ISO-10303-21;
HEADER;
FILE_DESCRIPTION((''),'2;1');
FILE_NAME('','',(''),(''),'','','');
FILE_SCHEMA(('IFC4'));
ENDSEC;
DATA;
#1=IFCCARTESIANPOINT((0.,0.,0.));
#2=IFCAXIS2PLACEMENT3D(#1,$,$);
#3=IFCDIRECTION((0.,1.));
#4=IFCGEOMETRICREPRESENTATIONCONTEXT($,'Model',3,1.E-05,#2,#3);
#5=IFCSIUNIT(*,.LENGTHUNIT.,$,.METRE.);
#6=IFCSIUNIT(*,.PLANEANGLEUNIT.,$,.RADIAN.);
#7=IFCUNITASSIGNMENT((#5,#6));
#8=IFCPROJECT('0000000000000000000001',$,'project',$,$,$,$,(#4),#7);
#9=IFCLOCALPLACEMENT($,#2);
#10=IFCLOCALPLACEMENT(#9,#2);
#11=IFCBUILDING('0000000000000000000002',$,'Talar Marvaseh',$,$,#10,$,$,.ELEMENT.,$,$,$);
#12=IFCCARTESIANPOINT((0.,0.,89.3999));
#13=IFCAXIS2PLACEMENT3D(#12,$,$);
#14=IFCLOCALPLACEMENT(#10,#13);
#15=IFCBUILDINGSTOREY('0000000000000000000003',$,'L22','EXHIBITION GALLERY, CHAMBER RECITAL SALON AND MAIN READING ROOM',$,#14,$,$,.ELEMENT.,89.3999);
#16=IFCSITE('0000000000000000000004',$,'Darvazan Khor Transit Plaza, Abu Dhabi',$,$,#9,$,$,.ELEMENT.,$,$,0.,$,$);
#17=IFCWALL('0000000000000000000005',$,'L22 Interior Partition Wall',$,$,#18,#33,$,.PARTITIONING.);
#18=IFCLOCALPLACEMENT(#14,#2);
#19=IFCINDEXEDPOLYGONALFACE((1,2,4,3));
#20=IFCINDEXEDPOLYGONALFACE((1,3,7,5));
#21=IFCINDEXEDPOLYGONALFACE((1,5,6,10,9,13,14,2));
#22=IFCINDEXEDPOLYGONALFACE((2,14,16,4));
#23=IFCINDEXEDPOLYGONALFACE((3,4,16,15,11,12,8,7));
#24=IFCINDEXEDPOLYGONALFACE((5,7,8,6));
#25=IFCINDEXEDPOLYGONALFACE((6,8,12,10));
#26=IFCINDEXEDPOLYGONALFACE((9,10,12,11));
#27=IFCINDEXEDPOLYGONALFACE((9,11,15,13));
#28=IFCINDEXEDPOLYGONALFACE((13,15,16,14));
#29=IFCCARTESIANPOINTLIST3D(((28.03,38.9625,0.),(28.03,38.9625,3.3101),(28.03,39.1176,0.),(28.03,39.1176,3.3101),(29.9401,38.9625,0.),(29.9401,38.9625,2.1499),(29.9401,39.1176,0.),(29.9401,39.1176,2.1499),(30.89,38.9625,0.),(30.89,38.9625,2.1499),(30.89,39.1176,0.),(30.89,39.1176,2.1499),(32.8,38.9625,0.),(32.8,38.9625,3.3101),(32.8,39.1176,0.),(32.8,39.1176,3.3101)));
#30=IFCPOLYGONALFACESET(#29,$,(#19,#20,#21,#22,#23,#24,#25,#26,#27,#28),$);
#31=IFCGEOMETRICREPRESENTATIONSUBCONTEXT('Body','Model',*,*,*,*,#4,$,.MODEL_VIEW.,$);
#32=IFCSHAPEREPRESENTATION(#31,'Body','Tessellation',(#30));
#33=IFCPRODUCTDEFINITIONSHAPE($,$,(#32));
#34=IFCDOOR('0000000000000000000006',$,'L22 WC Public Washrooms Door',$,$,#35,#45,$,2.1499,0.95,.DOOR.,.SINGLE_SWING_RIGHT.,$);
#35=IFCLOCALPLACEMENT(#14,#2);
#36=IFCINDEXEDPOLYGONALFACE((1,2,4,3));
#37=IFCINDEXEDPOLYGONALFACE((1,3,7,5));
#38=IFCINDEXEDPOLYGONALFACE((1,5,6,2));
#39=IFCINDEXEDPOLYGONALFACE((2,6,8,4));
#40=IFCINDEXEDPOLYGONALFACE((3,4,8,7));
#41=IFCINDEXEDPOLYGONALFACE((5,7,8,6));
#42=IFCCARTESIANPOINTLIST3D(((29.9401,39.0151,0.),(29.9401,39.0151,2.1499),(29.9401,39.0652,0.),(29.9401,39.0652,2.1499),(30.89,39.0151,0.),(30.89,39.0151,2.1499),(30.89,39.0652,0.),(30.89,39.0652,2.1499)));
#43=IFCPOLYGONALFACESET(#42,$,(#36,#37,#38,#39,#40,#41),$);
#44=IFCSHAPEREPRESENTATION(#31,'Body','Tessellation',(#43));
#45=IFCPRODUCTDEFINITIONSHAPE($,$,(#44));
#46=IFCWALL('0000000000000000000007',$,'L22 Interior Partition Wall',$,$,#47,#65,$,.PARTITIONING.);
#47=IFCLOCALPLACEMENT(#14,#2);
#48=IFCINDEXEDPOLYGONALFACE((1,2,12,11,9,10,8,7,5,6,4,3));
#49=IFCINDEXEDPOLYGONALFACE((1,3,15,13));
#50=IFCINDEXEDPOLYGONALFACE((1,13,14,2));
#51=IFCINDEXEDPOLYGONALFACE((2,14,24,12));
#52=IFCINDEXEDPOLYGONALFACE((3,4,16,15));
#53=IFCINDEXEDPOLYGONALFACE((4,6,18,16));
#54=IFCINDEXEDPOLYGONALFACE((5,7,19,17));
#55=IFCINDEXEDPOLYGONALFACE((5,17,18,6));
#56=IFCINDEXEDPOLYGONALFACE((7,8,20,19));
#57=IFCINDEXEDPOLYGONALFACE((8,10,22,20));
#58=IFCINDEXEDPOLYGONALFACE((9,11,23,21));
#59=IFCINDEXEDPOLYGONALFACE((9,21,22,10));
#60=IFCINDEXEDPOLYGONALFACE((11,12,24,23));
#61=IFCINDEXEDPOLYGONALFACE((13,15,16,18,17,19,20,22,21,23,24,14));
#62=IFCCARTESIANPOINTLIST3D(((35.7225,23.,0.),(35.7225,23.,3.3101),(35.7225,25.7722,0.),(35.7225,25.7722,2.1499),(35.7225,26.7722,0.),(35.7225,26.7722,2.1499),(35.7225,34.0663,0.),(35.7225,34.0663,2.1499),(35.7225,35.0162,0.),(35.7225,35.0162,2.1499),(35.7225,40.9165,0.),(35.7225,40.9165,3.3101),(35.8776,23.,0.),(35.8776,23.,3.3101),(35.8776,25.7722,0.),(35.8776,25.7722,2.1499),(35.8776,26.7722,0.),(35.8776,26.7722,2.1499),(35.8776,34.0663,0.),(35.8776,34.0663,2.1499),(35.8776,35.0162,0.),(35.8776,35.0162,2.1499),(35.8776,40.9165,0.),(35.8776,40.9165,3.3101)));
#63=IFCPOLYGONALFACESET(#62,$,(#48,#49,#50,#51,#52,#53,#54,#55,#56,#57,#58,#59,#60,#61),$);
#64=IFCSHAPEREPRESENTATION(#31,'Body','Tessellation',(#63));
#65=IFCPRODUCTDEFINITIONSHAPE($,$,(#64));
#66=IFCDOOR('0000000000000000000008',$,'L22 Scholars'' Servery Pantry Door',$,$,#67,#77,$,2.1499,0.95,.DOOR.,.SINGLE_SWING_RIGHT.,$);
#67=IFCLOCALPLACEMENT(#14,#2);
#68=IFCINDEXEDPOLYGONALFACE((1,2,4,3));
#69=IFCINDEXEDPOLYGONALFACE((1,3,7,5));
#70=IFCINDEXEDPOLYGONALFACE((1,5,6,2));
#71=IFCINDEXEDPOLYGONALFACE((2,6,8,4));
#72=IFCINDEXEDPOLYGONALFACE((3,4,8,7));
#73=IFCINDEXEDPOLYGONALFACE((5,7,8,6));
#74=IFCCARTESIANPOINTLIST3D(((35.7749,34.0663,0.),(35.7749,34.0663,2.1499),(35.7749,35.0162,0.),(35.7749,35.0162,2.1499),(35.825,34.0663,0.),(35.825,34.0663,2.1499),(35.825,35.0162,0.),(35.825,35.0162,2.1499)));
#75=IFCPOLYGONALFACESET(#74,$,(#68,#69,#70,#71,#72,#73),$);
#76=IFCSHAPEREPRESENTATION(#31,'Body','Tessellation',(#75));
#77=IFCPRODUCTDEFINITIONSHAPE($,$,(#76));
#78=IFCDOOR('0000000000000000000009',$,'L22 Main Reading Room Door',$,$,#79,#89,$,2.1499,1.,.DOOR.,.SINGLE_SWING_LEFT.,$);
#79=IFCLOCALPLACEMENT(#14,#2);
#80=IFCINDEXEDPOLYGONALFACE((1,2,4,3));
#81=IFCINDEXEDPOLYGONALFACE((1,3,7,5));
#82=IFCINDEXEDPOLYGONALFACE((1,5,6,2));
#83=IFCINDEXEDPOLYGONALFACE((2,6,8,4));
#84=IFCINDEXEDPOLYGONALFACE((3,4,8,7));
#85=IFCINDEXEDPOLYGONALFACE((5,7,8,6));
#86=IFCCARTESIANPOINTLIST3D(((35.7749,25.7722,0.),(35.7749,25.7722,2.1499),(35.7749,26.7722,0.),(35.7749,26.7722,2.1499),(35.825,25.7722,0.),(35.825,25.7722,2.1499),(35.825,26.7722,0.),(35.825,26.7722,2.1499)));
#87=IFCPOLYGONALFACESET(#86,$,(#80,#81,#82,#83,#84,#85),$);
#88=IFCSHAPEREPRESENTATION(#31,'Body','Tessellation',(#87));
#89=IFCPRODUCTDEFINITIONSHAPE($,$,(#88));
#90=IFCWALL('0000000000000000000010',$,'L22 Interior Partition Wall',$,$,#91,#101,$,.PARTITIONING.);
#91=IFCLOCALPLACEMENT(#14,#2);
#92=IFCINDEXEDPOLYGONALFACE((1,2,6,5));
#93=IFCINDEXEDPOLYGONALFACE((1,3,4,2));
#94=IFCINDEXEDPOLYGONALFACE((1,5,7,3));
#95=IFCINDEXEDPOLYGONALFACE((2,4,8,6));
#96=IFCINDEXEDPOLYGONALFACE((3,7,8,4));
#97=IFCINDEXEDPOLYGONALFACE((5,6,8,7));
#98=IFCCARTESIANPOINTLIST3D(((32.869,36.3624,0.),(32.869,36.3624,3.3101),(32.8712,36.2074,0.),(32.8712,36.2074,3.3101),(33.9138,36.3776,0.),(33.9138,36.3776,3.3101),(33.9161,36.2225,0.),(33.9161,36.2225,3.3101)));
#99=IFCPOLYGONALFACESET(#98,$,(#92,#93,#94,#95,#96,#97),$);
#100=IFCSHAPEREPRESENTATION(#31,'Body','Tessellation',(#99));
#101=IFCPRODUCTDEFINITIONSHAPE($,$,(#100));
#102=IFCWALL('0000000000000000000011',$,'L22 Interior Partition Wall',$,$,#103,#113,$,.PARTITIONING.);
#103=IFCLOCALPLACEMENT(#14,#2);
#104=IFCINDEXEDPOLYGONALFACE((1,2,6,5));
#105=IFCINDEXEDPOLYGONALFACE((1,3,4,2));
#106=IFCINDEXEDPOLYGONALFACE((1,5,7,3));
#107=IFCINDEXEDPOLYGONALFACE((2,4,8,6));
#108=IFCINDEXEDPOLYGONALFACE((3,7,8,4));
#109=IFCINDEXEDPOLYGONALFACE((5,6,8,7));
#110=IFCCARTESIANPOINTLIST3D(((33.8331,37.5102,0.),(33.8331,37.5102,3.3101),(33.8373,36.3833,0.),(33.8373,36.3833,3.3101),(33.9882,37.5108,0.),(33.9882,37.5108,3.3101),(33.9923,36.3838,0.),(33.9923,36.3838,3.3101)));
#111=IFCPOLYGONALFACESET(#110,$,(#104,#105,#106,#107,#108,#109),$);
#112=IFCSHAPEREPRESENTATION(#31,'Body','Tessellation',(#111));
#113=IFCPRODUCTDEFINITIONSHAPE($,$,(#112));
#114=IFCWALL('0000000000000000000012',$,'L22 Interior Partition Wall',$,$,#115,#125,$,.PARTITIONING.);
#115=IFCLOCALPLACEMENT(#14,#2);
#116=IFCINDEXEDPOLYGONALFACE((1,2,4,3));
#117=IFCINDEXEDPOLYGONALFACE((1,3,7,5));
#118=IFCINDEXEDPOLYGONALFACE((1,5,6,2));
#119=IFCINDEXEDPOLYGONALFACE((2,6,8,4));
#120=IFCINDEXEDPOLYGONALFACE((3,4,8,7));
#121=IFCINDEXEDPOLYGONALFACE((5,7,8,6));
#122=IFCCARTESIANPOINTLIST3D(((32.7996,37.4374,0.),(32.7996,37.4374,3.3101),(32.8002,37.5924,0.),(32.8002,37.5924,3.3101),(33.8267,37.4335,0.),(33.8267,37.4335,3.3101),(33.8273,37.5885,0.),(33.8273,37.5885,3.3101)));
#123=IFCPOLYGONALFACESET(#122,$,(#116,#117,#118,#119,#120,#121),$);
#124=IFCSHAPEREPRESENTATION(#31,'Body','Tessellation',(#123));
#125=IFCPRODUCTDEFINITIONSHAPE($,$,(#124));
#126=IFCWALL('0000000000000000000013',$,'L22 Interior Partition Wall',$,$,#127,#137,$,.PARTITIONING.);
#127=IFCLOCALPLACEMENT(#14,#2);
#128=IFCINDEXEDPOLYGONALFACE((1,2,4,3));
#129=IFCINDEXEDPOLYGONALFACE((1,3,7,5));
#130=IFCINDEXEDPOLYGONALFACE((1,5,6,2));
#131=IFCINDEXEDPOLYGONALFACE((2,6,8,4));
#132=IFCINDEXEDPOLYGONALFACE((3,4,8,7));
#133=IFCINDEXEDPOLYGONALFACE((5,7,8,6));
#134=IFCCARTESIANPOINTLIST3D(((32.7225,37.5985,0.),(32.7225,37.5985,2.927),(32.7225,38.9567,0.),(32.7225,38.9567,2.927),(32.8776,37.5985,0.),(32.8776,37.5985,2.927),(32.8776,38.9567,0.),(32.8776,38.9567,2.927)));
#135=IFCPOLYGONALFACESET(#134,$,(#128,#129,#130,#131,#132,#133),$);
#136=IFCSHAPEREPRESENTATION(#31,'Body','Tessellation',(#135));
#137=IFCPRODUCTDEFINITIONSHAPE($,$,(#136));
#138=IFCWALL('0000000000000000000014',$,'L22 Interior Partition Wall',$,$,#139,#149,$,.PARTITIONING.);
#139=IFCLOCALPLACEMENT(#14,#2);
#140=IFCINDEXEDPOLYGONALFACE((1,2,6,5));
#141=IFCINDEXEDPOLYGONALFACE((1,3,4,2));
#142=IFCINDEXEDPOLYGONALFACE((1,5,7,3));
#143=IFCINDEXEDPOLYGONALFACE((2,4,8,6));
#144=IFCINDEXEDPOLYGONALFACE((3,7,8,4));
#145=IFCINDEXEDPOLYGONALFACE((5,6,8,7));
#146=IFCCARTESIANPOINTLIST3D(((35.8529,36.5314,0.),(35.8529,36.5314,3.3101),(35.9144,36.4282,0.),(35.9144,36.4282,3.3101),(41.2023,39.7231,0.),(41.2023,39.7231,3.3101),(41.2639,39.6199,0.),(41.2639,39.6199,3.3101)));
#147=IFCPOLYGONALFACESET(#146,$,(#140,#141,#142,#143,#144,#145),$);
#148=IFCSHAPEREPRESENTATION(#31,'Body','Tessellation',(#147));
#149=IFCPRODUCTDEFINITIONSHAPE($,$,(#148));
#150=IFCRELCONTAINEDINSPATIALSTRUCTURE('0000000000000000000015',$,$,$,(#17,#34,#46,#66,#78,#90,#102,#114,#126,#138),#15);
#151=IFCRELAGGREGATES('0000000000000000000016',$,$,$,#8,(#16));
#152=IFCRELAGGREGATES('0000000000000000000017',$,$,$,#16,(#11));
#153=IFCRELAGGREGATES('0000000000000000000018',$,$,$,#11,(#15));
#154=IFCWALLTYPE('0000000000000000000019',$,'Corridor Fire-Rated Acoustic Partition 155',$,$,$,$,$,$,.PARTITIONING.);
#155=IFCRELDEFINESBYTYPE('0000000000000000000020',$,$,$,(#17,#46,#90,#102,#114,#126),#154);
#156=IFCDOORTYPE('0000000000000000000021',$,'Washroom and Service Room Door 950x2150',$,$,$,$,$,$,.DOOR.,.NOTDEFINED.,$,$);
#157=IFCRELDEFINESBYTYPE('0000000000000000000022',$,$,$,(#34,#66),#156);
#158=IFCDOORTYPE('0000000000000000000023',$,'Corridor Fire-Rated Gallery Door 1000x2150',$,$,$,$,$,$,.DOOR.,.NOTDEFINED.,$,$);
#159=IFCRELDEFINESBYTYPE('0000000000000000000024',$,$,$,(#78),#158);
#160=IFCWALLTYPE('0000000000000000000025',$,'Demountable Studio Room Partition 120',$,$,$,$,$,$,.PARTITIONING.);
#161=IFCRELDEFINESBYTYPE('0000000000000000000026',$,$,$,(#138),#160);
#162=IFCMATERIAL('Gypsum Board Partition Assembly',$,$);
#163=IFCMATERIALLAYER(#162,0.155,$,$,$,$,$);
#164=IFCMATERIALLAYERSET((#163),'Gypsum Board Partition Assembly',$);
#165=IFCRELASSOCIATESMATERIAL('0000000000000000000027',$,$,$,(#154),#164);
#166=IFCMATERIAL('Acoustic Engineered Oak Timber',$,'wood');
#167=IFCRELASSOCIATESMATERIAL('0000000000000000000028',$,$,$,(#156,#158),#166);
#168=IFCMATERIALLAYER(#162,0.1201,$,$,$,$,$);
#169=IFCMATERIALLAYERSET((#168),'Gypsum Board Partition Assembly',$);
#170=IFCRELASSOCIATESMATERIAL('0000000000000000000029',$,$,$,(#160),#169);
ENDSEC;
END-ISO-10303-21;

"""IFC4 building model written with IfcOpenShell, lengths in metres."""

from ifc_helpers import new_model, si_unit, direction, frame, frame_2d, origin, place, context, subcontext, project, spatial, rectangle, extrude, source, transform, mapped, material, layer, layer_set, type_object, type_shapes, element, fill, save


model = new_model("IFC4")

# Units and contexts
model_context = context("Model", 3, precision=1e-05, world=origin(), true_north=direction((0.0, 1.0)))
body_context = subcontext(model_context, "Body", "Model", "MODEL_VIEW")
ifc_project = project(units=[si_unit("LENGTHUNIT", "METRE"), si_unit("PLANEANGLEUNIT", "RADIAN")], contexts=[model_context])

# Site, building, storey
site_placement = place(None, origin())
site = spatial("IfcSite", under=ifc_project, at=site_placement, Name="Darvazan Khor Transit Plaza, Abu Dhabi", CompositionType="ELEMENT", RefElevation=0.0)
building_placement = place(site_placement, origin())
building = spatial("IfcBuilding", under=site, at=building_placement, Name="Talar Marvaseh", CompositionType="ELEMENT")
storey_placement = place(building_placement, frame((0.0, 0.0, 89.3999)))
storey = spatial("IfcBuildingStorey", under=building, at=storey_placement, Name="L22", Description="EXHIBITION GALLERY, CHAMBER RECITAL SALON AND MAIN READING ROOM", CompositionType="ELEMENT", Elevation=89.3999)

# Wall, opening, door
ifc_material_1 = material(Name="Gypsum Board Partition Assembly")
ifc_layer_1 = layer(ifc_material_1, 0.155)
ifc_layer_set_1 = layer_set([ifc_layer_1], Name="Gypsum Board Partition Assembly")
wall_type_1 = type_object("IfcWallType", Name="Corridor Fire-Rated Acoustic Partition 155", PredefinedType="PARTITIONING", material=ifc_layer_set_1)
wall_1_placement = place(storey_placement, frame((32.8, 39.04, 0.0), z_axis=(0.0, 0.0, 1.0), x_axis=(-1.0, 0.0, 0.0)))
wall_1 = element("IfcWall", 1, at=wall_1_placement, inside=storey, type_object=wall_type_1, Name="L22 Interior Partition Wall", PredefinedType="PARTITIONING", context=body_context, shape_type="SweptSolid", body=[
    extrude(rectangle(XDim=4.77, YDim=0.155, at=frame_2d((2.385, 0.0))), origin(), (0.0, 0.0, 1.0), 3.3101),
])
opening_1_placement = place(wall_1_placement, frame((1.9099, 0.0, 0.0)))
opening_1 = element("IfcOpeningElement", 2, at=opening_1_placement, cuts=wall_1, PredefinedType="OPENING", context=body_context, shape_type="SweptSolid", body=[
    extrude(rectangle(XDim=0.95, YDim=2.1499, at=frame_2d((0.4751, 1.075))), frame((0.0, 0.0874, 0.0), z_axis=(0.0, -1.0, 0.0), x_axis=(1.0, 0.0, 0.0)), (0.0, 0.0, 1.0), 0.175),
])
ifc_material_2 = material(Name="Acoustic Engineered Oak Timber", Category="wood")
door_type_1 = type_object("IfcDoorType", Name="Washroom and Service Room Door 950x2150", OperationType="NOTDEFINED", PredefinedType="DOOR", material=ifc_material_2)
shared_shape_1 = source(origin(), body_context, "Body", "SweptSolid", [
    extrude(rectangle(XDim=0.95, YDim=2.1499, at=frame_2d((0.4751, 1.075))), frame((0.0, 0.0249, 0.0), z_axis=(0.0, -1.0, 0.0), x_axis=(1.0, 0.0, 0.0)), (0.0, 0.0, 1.0), 0.05),
])
type_shapes(door_type_1, [shared_shape_1])
door_1_placement = place(opening_1_placement, origin())
door_1 = element("IfcDoor", 3, at=door_1_placement, inside=storey, type_object=door_type_1, Name="L22 WC Public Washrooms Door", OperationType="SINGLE_SWING_RIGHT", OverallHeight=2.1499, OverallWidth=0.95, PredefinedType="DOOR", context=body_context, shape_type="MappedRepresentation", body=[
    mapped(shared_shape_1, transform((0.0, 0.0, 0.0), x_axis=(1.0, 0.0, 0.0), y_axis=(0.0, 1.0, 0.0), z_axis=(0.0, 0.0, 1.0), scale=1.0)),
])
fill(opening_1, door_1)

# Wall, openings, doors
wall_2_placement = place(storey_placement, frame((35.8, 40.9165, 0.0), z_axis=(0.0, 0.0, 1.0), x_axis=(0.0, -1.0, 0.0)))
wall_2 = element("IfcWall", 4, at=wall_2_placement, inside=storey, type_object=wall_type_1, Name="L22 Interior Partition Wall", PredefinedType="PARTITIONING", context=body_context, shape_type="SweptSolid", body=[
    extrude(rectangle(XDim=17.9165, YDim=0.155, at=frame_2d((8.9583, 0.0))), origin(), (0.0, 0.0, 1.0), 3.3101),
])
opening_2_placement = place(wall_2_placement, frame((14.1443, 0.0, 0.0)))
opening_2 = element("IfcOpeningElement", 5, at=opening_2_placement, cuts=wall_2, PredefinedType="OPENING", context=body_context, shape_type="SweptSolid", body=[
    extrude(rectangle(XDim=1.0, YDim=2.1499, at=frame_2d((0.5, 1.075))), frame((0.0, 0.0874, 0.0), z_axis=(0.0, -1.0, 0.0), x_axis=(1.0, 0.0, 0.0)), (0.0, 0.0, 1.0), 0.175),
])
opening_3_placement = place(wall_2_placement, frame((5.9001, 0.0, 0.0)))
opening_3 = element("IfcOpeningElement", 6, at=opening_3_placement, cuts=wall_2, PredefinedType="OPENING", context=body_context, shape_type="SweptSolid", body=[
    extrude(rectangle(XDim=0.95, YDim=2.1499, at=frame_2d((0.4751, 1.075))), frame((0.0, 0.0874, 0.0), z_axis=(0.0, -1.0, 0.0), x_axis=(1.0, 0.0, 0.0)), (0.0, 0.0, 1.0), 0.175),
])
door_2_placement = place(opening_3_placement, origin())
door_2 = element("IfcDoor", 7, at=door_2_placement, inside=storey, type_object=door_type_1, Name="L22 Scholars' Servery Pantry Door", OperationType="SINGLE_SWING_RIGHT", OverallHeight=2.1499, OverallWidth=0.95, PredefinedType="DOOR", context=body_context, shape_type="MappedRepresentation", body=[
    mapped(shared_shape_1, transform((0.0, 0.0, 0.0), x_axis=(1.0, 0.0, 0.0), y_axis=(0.0, 1.0, 0.0), z_axis=(0.0, 0.0, 1.0), scale=1.0)),
])
fill(opening_3, door_2)
door_type_2 = type_object("IfcDoorType", Name="Corridor Fire-Rated Gallery Door 1000x2150", OperationType="NOTDEFINED", PredefinedType="DOOR", material=ifc_material_2)
shared_shape_2 = source(origin(), body_context, "Body", "SweptSolid", [
    extrude(rectangle(XDim=1.0, YDim=2.1499, at=frame_2d((0.5, 1.075))), frame((0.0, 0.0249, 0.0), z_axis=(0.0, -1.0, 0.0), x_axis=(1.0, 0.0, 0.0)), (0.0, 0.0, 1.0), 0.05),
])
type_shapes(door_type_2, [shared_shape_2])
door_3_placement = place(opening_2_placement, origin())
door_3 = element("IfcDoor", 8, at=door_3_placement, inside=storey, type_object=door_type_2, Name="L22 Main Reading Room Door", OperationType="SINGLE_SWING_LEFT", OverallHeight=2.1499, OverallWidth=1.0, PredefinedType="DOOR", context=body_context, shape_type="MappedRepresentation", body=[
    mapped(shared_shape_2, transform((0.0, 0.0, 0.0), x_axis=(1.0, 0.0, 0.0), y_axis=(0.0, 1.0, 0.0), z_axis=(0.0, 0.0, 1.0), scale=1.0)),
])
fill(opening_2, door_3)

# Walls
wall_3_placement = place(storey_placement, frame((32.8701, 36.2849, 0.0), z_axis=(0.0, 0.0, 1.0), x_axis=(0.999895, 0.014484, 0.0)))
element("IfcWall", 9, at=wall_3_placement, inside=storey, type_object=wall_type_1, Name="L22 Interior Partition Wall", PredefinedType="PARTITIONING", context=body_context, shape_type="SweptSolid", body=[
    extrude(rectangle(XDim=1.0449, YDim=0.155, at=frame_2d((0.5225, 0.0))), origin(), (0.0, 0.0, 1.0), 3.3101),
])
wall_4_placement = place(storey_placement, frame((33.9148, 36.3835, 0.0), z_axis=(0.0, 0.0, 1.0), x_axis=(-0.003683, 0.999993, 0.0)))
element("IfcWall", 10, at=wall_4_placement, inside=storey, type_object=wall_type_1, Name="L22 Interior Partition Wall", PredefinedType="PARTITIONING", context=body_context, shape_type="SweptSolid", body=[
    extrude(rectangle(XDim=1.127, YDim=0.155, at=frame_2d((0.5635, 0.0))), origin(), (0.0, 0.0, 1.0), 3.3101),
])
wall_5_placement = place(storey_placement, frame((33.8271, 37.511, 0.0), z_axis=(0.0, 0.0, 1.0), x_axis=(-0.999993, 0.003803, 0.0)))
element("IfcWall", 11, at=wall_5_placement, inside=storey, type_object=wall_type_1, Name="L22 Interior Partition Wall", PredefinedType="PARTITIONING", context=body_context, shape_type="SweptSolid", body=[
    extrude(rectangle(XDim=1.0271, YDim=0.155, at=frame_2d((0.5137, 0.0))), origin(), (0.0, 0.0, 1.0), 3.3101),
])
wall_6_placement = place(storey_placement, frame((32.8, 37.5984, 0.0), z_axis=(0.0, 0.0, 1.0), x_axis=(0.0, 1.0, 0.0)))
element("IfcWall", 12, at=wall_6_placement, inside=storey, type_object=wall_type_1, Name="L22 Interior Partition Wall", PredefinedType="PARTITIONING", context=body_context, shape_type="SweptSolid", body=[
    extrude(rectangle(XDim=1.3582, YDim=0.155, at=frame_2d((0.6792, 0.0))), origin(), (0.0, 0.0, 1.0), 2.927),
])
ifc_layer_2 = layer(ifc_material_1, 0.1201)
ifc_layer_set_2 = layer_set([ifc_layer_2], Name="Gypsum Board Partition Assembly")
wall_type_2 = type_object("IfcWallType", Name="Demountable Studio Room Partition 120", PredefinedType="PARTITIONING", material=ifc_layer_set_2)
wall_7_placement = place(storey_placement, frame((35.8835, 36.4797, 0.0), z_axis=(0.0, 0.0, 1.0), x_axis=(0.858763, 0.512373, 0.0)))
element("IfcWall", 13, at=wall_7_placement, inside=storey, type_object=wall_type_2, Name="L22 Interior Partition Wall", PredefinedType="PARTITIONING", context=body_context, shape_type="SweptSolid", body=[
    extrude(rectangle(XDim=6.2292, YDim=0.1201, at=frame_2d((3.1147, 0.0))), origin(), (0.0, 0.0, 1.0), 3.3101),
])

save(model, "model.ifc")
